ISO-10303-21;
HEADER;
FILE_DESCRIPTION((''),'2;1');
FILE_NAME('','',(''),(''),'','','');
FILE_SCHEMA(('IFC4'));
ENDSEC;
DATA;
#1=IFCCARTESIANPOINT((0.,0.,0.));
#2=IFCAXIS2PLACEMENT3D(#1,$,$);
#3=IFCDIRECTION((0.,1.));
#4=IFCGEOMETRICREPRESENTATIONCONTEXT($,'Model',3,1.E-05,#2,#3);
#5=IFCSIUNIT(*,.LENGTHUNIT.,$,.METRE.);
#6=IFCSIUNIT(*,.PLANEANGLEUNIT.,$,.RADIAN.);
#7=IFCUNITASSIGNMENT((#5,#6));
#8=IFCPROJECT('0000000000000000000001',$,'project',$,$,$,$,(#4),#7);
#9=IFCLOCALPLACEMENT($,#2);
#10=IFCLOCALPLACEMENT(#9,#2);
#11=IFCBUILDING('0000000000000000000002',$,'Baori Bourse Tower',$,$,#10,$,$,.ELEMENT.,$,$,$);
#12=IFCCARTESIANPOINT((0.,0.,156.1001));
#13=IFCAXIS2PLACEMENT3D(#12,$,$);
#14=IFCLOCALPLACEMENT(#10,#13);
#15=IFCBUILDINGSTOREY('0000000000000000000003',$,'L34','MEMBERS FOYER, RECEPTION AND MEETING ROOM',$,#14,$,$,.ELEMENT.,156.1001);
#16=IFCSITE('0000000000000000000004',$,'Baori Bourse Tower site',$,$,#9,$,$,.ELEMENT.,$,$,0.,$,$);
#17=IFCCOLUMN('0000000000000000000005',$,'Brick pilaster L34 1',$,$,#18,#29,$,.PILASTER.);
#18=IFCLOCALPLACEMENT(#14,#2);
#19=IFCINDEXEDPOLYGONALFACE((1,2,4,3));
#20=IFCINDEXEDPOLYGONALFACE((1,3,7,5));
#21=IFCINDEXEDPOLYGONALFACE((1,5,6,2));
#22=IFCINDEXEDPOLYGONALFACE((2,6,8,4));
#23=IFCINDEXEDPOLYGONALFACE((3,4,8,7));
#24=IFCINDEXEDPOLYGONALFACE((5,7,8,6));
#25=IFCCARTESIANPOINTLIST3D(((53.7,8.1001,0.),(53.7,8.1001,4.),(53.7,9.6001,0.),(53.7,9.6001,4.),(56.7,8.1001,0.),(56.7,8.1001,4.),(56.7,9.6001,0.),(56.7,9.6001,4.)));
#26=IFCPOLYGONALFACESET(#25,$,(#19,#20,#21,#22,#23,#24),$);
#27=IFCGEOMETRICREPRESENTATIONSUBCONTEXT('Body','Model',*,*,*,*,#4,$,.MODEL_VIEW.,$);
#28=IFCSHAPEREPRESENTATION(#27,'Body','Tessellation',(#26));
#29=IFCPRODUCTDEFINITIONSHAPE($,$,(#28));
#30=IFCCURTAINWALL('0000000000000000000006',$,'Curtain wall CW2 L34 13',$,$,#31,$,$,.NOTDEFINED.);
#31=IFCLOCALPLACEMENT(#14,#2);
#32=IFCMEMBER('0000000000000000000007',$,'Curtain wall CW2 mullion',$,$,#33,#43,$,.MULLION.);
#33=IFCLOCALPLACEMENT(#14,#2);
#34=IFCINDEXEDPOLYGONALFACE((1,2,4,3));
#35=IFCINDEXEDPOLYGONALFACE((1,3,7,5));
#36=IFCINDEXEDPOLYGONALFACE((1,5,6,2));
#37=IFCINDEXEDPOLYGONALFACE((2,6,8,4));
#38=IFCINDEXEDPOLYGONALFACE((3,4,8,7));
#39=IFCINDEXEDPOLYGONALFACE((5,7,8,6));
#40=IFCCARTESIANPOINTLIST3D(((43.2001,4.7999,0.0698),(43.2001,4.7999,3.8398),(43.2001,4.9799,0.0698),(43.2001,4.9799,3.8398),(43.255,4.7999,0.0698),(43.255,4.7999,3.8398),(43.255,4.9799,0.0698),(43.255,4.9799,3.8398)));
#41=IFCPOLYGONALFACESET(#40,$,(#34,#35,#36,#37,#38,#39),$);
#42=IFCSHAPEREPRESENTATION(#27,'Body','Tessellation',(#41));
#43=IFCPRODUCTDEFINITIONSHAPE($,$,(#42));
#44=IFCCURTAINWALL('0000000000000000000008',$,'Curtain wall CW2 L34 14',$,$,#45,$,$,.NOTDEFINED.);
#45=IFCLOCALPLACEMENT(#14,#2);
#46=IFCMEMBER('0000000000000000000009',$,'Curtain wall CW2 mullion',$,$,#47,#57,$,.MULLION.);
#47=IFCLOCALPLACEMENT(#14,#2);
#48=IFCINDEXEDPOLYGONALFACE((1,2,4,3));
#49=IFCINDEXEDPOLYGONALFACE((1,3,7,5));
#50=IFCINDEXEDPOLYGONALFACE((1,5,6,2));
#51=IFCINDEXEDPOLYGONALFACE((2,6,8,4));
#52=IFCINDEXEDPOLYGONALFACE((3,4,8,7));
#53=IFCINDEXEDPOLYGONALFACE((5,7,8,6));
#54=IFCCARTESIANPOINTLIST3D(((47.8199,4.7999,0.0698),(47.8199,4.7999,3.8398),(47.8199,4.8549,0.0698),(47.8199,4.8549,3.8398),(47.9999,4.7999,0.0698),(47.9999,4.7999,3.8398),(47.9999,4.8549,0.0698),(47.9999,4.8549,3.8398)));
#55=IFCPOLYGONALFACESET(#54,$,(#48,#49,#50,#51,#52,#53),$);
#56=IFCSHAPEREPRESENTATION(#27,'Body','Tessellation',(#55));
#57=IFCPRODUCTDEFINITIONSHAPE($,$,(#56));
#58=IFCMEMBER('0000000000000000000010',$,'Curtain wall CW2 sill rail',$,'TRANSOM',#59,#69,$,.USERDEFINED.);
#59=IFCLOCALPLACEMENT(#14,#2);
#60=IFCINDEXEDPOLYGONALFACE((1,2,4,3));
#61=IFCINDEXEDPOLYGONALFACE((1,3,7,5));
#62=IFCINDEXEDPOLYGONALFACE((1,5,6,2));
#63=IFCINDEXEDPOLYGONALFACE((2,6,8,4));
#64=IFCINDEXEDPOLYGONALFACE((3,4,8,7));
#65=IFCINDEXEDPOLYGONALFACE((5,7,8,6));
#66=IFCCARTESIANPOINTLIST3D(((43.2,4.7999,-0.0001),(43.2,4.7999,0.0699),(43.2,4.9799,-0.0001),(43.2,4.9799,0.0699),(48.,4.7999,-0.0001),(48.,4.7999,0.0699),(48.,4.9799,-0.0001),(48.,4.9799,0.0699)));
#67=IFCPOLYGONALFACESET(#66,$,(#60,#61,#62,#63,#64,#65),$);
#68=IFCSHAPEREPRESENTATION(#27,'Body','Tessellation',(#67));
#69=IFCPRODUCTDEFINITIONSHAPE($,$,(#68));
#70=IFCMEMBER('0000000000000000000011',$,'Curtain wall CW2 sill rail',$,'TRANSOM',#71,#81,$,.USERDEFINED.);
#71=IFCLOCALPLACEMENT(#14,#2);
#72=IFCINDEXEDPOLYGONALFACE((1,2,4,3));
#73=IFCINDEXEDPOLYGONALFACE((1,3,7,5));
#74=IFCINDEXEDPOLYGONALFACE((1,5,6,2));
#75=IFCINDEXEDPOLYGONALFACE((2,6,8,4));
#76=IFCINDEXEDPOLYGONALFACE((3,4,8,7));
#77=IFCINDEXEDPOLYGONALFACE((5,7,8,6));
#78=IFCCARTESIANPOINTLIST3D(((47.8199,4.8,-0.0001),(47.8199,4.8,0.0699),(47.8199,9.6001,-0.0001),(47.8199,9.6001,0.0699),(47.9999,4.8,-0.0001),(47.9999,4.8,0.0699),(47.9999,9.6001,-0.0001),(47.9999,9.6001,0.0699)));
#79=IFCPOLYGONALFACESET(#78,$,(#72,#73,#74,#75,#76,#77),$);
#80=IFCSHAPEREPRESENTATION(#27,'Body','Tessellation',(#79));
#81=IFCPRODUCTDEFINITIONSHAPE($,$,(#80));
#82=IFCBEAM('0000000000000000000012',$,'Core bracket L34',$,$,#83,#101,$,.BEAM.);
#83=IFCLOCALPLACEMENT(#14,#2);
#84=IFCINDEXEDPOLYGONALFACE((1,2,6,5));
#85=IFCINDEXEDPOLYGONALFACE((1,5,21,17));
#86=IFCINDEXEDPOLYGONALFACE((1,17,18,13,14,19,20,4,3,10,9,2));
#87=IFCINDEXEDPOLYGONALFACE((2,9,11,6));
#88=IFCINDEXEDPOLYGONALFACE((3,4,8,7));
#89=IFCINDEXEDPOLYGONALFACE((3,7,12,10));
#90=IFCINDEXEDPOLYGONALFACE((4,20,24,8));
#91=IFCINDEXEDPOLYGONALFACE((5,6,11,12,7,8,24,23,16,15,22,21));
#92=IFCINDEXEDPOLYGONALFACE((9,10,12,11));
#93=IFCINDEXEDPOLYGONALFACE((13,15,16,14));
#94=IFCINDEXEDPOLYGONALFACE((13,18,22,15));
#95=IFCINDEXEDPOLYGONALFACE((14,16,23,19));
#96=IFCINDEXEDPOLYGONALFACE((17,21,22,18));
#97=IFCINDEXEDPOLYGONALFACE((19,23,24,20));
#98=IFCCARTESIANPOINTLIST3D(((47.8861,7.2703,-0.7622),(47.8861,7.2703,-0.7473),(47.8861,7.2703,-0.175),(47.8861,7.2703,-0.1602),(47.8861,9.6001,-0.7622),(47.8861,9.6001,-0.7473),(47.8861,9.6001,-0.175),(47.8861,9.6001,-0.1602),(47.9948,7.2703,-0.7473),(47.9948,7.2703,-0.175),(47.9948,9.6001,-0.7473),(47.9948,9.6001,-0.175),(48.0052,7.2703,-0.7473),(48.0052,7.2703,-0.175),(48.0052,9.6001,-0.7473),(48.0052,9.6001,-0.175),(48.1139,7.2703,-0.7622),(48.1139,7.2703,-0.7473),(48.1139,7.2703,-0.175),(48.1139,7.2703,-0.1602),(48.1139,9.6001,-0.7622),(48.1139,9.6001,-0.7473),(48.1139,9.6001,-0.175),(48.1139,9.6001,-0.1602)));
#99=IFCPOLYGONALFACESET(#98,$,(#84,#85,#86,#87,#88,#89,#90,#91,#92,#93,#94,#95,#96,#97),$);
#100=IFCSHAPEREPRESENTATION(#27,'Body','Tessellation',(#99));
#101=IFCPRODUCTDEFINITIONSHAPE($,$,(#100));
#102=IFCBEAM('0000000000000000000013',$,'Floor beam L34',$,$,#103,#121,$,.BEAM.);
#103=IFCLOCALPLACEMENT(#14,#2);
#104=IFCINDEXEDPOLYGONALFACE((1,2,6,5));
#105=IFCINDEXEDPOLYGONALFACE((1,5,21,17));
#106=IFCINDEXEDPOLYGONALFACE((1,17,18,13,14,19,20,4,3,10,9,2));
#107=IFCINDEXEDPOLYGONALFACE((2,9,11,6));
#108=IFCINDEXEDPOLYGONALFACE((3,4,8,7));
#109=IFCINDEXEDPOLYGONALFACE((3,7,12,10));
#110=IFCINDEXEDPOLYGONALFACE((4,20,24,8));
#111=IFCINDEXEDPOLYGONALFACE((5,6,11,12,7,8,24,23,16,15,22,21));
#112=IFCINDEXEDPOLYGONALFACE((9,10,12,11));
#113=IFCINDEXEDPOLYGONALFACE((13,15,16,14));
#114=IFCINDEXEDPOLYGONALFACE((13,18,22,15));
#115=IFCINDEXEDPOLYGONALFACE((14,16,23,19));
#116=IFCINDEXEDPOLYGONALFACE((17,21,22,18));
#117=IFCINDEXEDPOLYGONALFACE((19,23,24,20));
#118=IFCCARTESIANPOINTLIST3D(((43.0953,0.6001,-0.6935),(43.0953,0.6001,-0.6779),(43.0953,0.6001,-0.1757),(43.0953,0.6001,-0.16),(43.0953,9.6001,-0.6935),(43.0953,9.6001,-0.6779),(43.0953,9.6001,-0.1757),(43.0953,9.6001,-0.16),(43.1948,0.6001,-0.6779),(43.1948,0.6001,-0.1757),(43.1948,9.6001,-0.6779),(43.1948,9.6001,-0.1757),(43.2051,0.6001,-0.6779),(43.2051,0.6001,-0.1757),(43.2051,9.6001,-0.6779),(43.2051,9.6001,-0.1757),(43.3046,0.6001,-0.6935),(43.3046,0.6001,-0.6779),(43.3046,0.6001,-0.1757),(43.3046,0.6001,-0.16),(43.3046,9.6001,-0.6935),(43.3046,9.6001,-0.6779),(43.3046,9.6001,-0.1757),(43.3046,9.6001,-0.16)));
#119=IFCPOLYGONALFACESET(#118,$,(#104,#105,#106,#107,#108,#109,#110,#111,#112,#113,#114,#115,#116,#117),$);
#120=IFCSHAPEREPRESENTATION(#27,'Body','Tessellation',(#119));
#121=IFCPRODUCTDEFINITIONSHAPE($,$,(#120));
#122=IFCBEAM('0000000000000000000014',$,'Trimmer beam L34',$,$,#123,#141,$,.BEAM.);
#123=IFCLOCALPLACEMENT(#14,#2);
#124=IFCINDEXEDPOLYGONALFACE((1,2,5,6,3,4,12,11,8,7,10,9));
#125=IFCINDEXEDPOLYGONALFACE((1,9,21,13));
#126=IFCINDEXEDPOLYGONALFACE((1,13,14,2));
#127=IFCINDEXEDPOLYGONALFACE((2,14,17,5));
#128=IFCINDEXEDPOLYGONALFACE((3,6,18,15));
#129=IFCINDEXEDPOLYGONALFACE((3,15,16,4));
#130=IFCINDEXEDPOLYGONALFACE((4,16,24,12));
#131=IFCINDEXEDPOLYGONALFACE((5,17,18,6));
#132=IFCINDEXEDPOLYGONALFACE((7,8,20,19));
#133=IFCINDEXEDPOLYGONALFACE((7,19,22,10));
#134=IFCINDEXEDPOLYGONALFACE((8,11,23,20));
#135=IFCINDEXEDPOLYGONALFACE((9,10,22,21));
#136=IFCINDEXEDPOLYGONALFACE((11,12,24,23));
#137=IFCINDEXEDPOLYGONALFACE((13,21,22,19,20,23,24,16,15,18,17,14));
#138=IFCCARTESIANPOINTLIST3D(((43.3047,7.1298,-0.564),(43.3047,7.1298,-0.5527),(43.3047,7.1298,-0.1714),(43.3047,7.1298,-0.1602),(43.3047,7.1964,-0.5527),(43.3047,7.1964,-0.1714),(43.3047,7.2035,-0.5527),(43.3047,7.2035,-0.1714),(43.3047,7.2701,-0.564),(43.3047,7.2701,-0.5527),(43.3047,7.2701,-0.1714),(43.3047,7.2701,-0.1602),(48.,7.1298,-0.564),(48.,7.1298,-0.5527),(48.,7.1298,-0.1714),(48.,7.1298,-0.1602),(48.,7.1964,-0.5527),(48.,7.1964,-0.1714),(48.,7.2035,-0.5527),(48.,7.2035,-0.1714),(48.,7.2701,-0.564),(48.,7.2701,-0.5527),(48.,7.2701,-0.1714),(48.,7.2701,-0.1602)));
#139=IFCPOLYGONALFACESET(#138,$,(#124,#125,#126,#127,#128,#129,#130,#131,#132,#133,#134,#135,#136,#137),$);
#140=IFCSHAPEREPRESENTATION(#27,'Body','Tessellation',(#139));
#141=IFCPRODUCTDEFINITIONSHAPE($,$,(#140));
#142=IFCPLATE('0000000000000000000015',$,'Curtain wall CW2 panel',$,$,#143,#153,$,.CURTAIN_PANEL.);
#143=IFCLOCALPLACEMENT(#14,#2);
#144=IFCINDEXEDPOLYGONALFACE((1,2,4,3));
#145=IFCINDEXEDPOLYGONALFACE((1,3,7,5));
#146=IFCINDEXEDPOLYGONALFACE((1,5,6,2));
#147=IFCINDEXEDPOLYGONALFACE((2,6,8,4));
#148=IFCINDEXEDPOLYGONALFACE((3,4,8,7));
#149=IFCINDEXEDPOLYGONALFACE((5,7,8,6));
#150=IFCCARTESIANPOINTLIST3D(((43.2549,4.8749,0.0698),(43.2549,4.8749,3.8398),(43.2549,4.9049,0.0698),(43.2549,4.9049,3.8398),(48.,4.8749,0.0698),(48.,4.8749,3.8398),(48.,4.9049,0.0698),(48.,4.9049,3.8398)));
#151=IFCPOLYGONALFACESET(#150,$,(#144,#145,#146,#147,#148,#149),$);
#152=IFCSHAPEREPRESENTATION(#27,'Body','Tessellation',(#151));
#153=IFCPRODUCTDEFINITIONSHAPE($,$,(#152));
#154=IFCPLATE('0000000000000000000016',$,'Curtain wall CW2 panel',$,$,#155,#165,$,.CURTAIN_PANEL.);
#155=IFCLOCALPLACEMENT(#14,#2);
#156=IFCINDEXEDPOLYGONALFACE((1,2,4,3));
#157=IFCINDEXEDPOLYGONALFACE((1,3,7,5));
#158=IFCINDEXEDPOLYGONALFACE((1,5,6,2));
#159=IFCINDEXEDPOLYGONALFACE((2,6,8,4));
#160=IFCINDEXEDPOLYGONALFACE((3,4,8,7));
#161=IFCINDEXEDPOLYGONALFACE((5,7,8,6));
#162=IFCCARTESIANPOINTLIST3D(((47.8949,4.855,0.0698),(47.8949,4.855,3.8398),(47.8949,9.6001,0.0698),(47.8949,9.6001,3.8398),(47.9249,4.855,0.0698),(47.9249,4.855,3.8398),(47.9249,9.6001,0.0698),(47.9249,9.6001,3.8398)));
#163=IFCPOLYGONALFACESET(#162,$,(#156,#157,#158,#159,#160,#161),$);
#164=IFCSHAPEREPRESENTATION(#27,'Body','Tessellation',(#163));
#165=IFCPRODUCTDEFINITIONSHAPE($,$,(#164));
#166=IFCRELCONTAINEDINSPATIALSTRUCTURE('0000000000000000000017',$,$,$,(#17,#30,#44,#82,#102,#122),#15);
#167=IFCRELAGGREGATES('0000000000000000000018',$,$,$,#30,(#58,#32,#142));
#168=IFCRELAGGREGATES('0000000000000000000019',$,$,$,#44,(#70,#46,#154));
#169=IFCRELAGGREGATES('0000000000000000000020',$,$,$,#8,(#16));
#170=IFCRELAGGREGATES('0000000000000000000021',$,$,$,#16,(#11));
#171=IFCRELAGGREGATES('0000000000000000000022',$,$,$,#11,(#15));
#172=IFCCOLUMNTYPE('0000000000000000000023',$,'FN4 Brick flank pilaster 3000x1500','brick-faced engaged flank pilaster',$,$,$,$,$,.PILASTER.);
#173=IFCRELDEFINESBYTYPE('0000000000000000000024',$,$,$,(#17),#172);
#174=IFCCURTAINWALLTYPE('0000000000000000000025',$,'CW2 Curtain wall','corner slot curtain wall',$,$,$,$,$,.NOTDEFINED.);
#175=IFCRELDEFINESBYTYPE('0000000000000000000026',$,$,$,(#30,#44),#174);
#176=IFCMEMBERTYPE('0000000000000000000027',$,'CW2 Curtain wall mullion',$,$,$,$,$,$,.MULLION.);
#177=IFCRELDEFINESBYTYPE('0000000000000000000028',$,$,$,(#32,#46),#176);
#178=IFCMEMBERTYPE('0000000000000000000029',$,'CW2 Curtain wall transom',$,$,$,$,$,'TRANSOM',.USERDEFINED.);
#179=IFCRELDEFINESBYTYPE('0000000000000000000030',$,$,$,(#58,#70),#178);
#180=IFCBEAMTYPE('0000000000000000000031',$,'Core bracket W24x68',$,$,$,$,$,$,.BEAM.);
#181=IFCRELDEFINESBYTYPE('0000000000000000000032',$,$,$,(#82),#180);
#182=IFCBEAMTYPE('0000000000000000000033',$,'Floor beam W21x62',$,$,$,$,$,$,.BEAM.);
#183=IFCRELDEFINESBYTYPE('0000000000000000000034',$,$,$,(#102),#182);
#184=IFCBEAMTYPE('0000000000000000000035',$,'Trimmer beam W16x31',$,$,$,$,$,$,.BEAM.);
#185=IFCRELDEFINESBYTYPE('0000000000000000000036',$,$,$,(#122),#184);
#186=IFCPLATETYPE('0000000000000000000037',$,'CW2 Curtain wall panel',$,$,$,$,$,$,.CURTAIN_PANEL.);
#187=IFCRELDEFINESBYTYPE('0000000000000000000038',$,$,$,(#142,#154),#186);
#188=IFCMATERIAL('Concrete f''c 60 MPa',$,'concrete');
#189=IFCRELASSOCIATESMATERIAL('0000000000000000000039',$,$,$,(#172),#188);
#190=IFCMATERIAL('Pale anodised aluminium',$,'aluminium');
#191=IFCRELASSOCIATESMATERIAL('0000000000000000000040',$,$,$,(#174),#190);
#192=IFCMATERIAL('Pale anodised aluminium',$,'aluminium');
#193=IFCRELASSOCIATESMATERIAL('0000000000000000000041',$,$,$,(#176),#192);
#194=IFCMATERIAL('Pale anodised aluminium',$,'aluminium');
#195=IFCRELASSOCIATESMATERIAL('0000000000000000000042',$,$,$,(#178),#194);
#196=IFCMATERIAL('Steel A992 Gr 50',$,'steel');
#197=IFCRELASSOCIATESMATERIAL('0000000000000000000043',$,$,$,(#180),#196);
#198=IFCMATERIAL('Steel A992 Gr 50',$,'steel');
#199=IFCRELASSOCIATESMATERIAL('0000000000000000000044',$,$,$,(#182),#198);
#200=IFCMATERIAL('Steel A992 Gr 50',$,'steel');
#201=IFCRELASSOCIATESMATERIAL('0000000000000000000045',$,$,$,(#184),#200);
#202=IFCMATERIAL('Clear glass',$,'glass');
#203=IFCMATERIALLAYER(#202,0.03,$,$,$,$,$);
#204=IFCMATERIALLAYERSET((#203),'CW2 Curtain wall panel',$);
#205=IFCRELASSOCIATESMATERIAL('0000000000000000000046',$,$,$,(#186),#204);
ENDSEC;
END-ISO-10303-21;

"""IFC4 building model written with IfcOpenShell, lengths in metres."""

from ifc_helpers import new_model, si_unit, direction, frame, origin, origin_2d, place, context, subcontext, project, spatial, rectangle, i_section, extrude, material, layer, layer_set, material_profile, profile_set, type_object, element, aggregate, save


model = new_model("IFC4")

# Units and contexts
model_context = context("Model", 3, precision=1e-05, world=origin(), true_north=direction((0.0, 1.0)))
body_context = subcontext(model_context, "Body", "Model", "MODEL_VIEW")
ifc_project = project(units=[si_unit("LENGTHUNIT", "METRE"), si_unit("PLANEANGLEUNIT", "RADIAN")], contexts=[model_context])

# Site, building, storey
site_placement = place(None, origin())
site = spatial("IfcSite", under=ifc_project, at=site_placement, Name="Baori Bourse Tower site", CompositionType="ELEMENT", RefElevation=0.0)
building_placement = place(site_placement, origin())
building = spatial("IfcBuilding", under=site, at=building_placement, Name="Baori Bourse Tower", CompositionType="ELEMENT")
storey_placement = place(building_placement, frame((0.0, 0.0, 156.1001)))
storey = spatial("IfcBuildingStorey", under=building, at=storey_placement, Name="L34", Description="MEMBERS FOYER, RECEPTION AND MEETING ROOM", CompositionType="ELEMENT", Elevation=156.1001)

# Column
ifc_material_1 = material(Name="Concrete f'c 60 MPa", Category="concrete")
ifc_material_profile_1 = material_profile(ifc_material_1, rectangle(XDim=3.0, YDim=1.5, at=origin_2d()), Name="RC 3000x1500")
ifc_profile_set_1 = profile_set([ifc_material_profile_1], Name="Concrete f'c 60 MPa")
column_type = type_object("IfcColumnType", Name="FN4 Brick flank pilaster 3000x1500", Description="brick-faced engaged flank pilaster", PredefinedType="PILASTER", material=ifc_profile_set_1)
column_placement = place(storey_placement, frame((55.2, 8.8501, 0.0), z_axis=(0.0, 0.0, 1.0), x_axis=(1.0, 0.0, 0.0)))
element("IfcColumn", 1, at=column_placement, inside=storey, type_object=column_type, Name="Brick pilaster L34 1", PredefinedType="PILASTER", context=body_context, shape_type="SweptSolid", body=[
    extrude(rectangle(XDim=3.0, YDim=1.5, at=origin_2d()), origin(), (0.0, 0.0, 1.0), 4.0),
])

# Curtain walls, members
ifc_material_2 = material(Name="Pale anodised aluminium", Category="aluminium")
curtain_wall_type = type_object("IfcCurtainWallType", Name="CW2 Curtain wall", Description="corner slot curtain wall", PredefinedType="NOTDEFINED", material=ifc_material_2)
curtain_wall_1_placement = place(storey_placement, origin())
curtain_wall_1 = element("IfcCurtainWall", 2, at=curtain_wall_1_placement, inside=storey, type_object=curtain_wall_type, Name="Curtain wall CW2 L34 13", PredefinedType="NOTDEFINED")
ifc_material_3 = material(Name="Pale anodised aluminium", Category="aluminium")
ifc_material_profile_2 = material_profile(ifc_material_3, rectangle(XDim=0.1799, YDim=0.0549, at=origin_2d()), Name="Mullion 55x180")
ifc_profile_set_2 = profile_set([ifc_material_profile_2], Name="Pale anodised aluminium")
member_type_1 = type_object("IfcMemberType", Name="CW2 Curtain wall mullion", PredefinedType="MULLION", material=ifc_profile_set_2)
member_1_placement = place(storey_placement, frame((43.2275, 4.8899, 0.0698), z_axis=(0.0, 0.0, 1.0), x_axis=(0.0, 1.0, 0.0)))
member_1 = element("IfcMember", 3, at=member_1_placement, type_object=member_type_1, Name="Curtain wall CW2 mullion", PredefinedType="MULLION", context=body_context, shape_type="SweptSolid", body=[
    extrude(rectangle(XDim=0.1799, YDim=0.0549, at=origin_2d()), origin(), (0.0, 0.0, 1.0), 3.77),
])
curtain_wall_2_placement = place(storey_placement, origin())
curtain_wall_2 = element("IfcCurtainWall", 4, at=curtain_wall_2_placement, inside=storey, type_object=curtain_wall_type, Name="Curtain wall CW2 L34 14", PredefinedType="NOTDEFINED")
member_2_placement = place(storey_placement, frame((47.9099, 4.8274, 0.0698), z_axis=(0.0, 0.0, 1.0), x_axis=(-1.0, 0.0, 0.0)))
member_2 = element("IfcMember", 5, at=member_2_placement, type_object=member_type_1, Name="Curtain wall CW2 mullion", PredefinedType="MULLION", context=body_context, shape_type="SweptSolid", body=[
    extrude(rectangle(XDim=0.1799, YDim=0.0549, at=origin_2d()), origin(), (0.0, 0.0, 1.0), 3.77),
])

# Members
ifc_material_4 = material(Name="Pale anodised aluminium", Category="aluminium")
ifc_material_profile_3 = material_profile(ifc_material_4, rectangle(XDim=0.1799, YDim=0.0701, at=origin_2d()), Name="Transom 70x180")
ifc_profile_set_3 = profile_set([ifc_material_profile_3], Name="Pale anodised aluminium")
member_type_2 = type_object("IfcMemberType", Name="CW2 Curtain wall transom", ElementType="TRANSOM", PredefinedType="USERDEFINED", material=ifc_profile_set_3)
member_3_placement = place(storey_placement, frame((43.2, 4.8899, 0.0349), z_axis=(1.0, 0.0, 0.0), x_axis=(0.0, 1.0, 0.0)))
member_3 = element("IfcMember", 6, at=member_3_placement, type_object=member_type_2, Name="Curtain wall CW2 sill rail", ObjectType="TRANSOM", PredefinedType="USERDEFINED", context=body_context, shape_type="SweptSolid", body=[
    extrude(rectangle(XDim=0.1799, YDim=0.0701, at=origin_2d()), origin(), (0.0, 0.0, 1.0), 4.8),
])
member_4_placement = place(storey_placement, frame((47.9099, 4.8, 0.0349), z_axis=(0.0, 1.0, 0.0), x_axis=(-1.0, 0.0, 0.0)))
member_4 = element("IfcMember", 7, at=member_4_placement, type_object=member_type_2, Name="Curtain wall CW2 sill rail", ObjectType="TRANSOM", PredefinedType="USERDEFINED", context=body_context, shape_type="SweptSolid", body=[
    extrude(rectangle(XDim=0.1799, YDim=0.0701, at=origin_2d()), origin(), (0.0, 0.0, 1.0), 4.8),
])

# Beams
ifc_material_5 = material(Name="Steel A992 Gr 50", Category="steel")
ifc_material_profile_4 = material_profile(ifc_material_5, i_section(OverallWidth=0.2278, OverallDepth=0.6021, WebThickness=0.0105, FlangeThickness=0.0149, at=origin_2d()), Name="W24x68")
ifc_profile_set_4 = profile_set([ifc_material_profile_4], Name="Steel A992 Gr 50")
beam_type_1 = type_object("IfcBeamType", Name="Core bracket W24x68", PredefinedType="BEAM", material=ifc_profile_set_4)
beam_1_placement = place(storey_placement, frame((48.0, 7.2703, -0.4612), z_axis=(0.0, 1.0, 0.0), x_axis=(-1.0, 0.0, 0.0)))
element("IfcBeam", 8, at=beam_1_placement, inside=storey, type_object=beam_type_1, Name="Core bracket L34", PredefinedType="BEAM", context=body_context, shape_type="SweptSolid", body=[
    extrude(i_section(OverallWidth=0.2278, OverallDepth=0.6021, WebThickness=0.0105, FlangeThickness=0.0149, at=origin_2d()), origin(), (0.0, 0.0, 1.0), 2.3298),
])
ifc_material_6 = material(Name="Steel A992 Gr 50", Category="steel")
ifc_material_profile_5 = material_profile(ifc_material_6, i_section(OverallWidth=0.2092, OverallDepth=0.5334, WebThickness=0.0103, FlangeThickness=0.0156, at=origin_2d()), Name="W21x62")
ifc_profile_set_5 = profile_set([ifc_material_profile_5], Name="Steel A992 Gr 50")
beam_type_2 = type_object("IfcBeamType", Name="Floor beam W21x62", PredefinedType="BEAM", material=ifc_profile_set_5)
beam_2_placement = place(storey_placement, frame((43.2, 0.6001, -0.4268), z_axis=(0.0, 1.0, 0.0), x_axis=(-1.0, 0.0, 0.0)))
element("IfcBeam", 9, at=beam_2_placement, inside=storey, type_object=beam_type_2, Name="Floor beam L34", PredefinedType="BEAM", context=body_context, shape_type="SweptSolid", body=[
    extrude(i_section(OverallWidth=0.2092, OverallDepth=0.5334, WebThickness=0.0103, FlangeThickness=0.0156, at=origin_2d()), origin(), (0.0, 0.0, 1.0), 9.0),
])
ifc_material_7 = material(Name="Steel A992 Gr 50", Category="steel")
ifc_material_profile_6 = material_profile(ifc_material_7, i_section(OverallWidth=0.1404, OverallDepth=0.4038, WebThickness=0.0071, FlangeThickness=0.0112, at=origin_2d()), Name="W16x31")
ifc_profile_set_6 = profile_set([ifc_material_profile_6], Name="Steel A992 Gr 50")
beam_type_3 = type_object("IfcBeamType", Name="Trimmer beam W16x31", PredefinedType="BEAM", material=ifc_profile_set_6)
beam_3_placement = place(storey_placement, frame((43.3047, 7.2, -0.3621), z_axis=(1.0, 0.0, 0.0), x_axis=(0.0, 1.0, 0.0)))
element("IfcBeam", 10, at=beam_3_placement, inside=storey, type_object=beam_type_3, Name="Trimmer beam L34", PredefinedType="BEAM", context=body_context, shape_type="SweptSolid", body=[
    extrude(i_section(OverallWidth=0.1404, OverallDepth=0.4038, WebThickness=0.0071, FlangeThickness=0.0112, at=origin_2d()), origin(), (0.0, 0.0, 1.0), 4.6953),
])

# Plates
ifc_material_8 = material(Name="Clear glass", Category="glass")
ifc_layer_1 = layer(ifc_material_8, 0.03)
ifc_layer_set_1 = layer_set([ifc_layer_1], Name="CW2 Curtain wall panel")
plate_type = type_object("IfcPlateType", Name="CW2 Curtain wall panel", PredefinedType="CURTAIN_PANEL", material=ifc_layer_set_1)
plate_1_placement = place(storey_placement, frame((45.6274, 4.8899, 0.0698), z_axis=(0.0, 0.0, 1.0), x_axis=(1.0, 0.0, 0.0)))
plate_1 = element("IfcPlate", 11, at=plate_1_placement, type_object=plate_type, Name="Curtain wall CW2 panel", PredefinedType="CURTAIN_PANEL", context=body_context, shape_type="SweptSolid", body=[
    extrude(rectangle(XDim=4.7451, YDim=0.03, at=origin_2d()), origin(), (0.0, 0.0, 1.0), 3.77),
])
aggregate(curtain_wall_1, [member_3, member_1, plate_1])
plate_2_placement = place(storey_placement, frame((47.9099, 7.2275, 0.0698), z_axis=(0.0, 0.0, 1.0), x_axis=(0.0, 1.0, 0.0)))
plate_2 = element("IfcPlate", 12, at=plate_2_placement, type_object=plate_type, Name="Curtain wall CW2 panel", PredefinedType="CURTAIN_PANEL", context=body_context, shape_type="SweptSolid", body=[
    extrude(rectangle(XDim=4.7451, YDim=0.03, at=origin_2d()), origin(), (0.0, 0.0, 1.0), 3.77),
])
aggregate(curtain_wall_2, [member_4, member_2, plate_2])

save(model, "model.ifc")
